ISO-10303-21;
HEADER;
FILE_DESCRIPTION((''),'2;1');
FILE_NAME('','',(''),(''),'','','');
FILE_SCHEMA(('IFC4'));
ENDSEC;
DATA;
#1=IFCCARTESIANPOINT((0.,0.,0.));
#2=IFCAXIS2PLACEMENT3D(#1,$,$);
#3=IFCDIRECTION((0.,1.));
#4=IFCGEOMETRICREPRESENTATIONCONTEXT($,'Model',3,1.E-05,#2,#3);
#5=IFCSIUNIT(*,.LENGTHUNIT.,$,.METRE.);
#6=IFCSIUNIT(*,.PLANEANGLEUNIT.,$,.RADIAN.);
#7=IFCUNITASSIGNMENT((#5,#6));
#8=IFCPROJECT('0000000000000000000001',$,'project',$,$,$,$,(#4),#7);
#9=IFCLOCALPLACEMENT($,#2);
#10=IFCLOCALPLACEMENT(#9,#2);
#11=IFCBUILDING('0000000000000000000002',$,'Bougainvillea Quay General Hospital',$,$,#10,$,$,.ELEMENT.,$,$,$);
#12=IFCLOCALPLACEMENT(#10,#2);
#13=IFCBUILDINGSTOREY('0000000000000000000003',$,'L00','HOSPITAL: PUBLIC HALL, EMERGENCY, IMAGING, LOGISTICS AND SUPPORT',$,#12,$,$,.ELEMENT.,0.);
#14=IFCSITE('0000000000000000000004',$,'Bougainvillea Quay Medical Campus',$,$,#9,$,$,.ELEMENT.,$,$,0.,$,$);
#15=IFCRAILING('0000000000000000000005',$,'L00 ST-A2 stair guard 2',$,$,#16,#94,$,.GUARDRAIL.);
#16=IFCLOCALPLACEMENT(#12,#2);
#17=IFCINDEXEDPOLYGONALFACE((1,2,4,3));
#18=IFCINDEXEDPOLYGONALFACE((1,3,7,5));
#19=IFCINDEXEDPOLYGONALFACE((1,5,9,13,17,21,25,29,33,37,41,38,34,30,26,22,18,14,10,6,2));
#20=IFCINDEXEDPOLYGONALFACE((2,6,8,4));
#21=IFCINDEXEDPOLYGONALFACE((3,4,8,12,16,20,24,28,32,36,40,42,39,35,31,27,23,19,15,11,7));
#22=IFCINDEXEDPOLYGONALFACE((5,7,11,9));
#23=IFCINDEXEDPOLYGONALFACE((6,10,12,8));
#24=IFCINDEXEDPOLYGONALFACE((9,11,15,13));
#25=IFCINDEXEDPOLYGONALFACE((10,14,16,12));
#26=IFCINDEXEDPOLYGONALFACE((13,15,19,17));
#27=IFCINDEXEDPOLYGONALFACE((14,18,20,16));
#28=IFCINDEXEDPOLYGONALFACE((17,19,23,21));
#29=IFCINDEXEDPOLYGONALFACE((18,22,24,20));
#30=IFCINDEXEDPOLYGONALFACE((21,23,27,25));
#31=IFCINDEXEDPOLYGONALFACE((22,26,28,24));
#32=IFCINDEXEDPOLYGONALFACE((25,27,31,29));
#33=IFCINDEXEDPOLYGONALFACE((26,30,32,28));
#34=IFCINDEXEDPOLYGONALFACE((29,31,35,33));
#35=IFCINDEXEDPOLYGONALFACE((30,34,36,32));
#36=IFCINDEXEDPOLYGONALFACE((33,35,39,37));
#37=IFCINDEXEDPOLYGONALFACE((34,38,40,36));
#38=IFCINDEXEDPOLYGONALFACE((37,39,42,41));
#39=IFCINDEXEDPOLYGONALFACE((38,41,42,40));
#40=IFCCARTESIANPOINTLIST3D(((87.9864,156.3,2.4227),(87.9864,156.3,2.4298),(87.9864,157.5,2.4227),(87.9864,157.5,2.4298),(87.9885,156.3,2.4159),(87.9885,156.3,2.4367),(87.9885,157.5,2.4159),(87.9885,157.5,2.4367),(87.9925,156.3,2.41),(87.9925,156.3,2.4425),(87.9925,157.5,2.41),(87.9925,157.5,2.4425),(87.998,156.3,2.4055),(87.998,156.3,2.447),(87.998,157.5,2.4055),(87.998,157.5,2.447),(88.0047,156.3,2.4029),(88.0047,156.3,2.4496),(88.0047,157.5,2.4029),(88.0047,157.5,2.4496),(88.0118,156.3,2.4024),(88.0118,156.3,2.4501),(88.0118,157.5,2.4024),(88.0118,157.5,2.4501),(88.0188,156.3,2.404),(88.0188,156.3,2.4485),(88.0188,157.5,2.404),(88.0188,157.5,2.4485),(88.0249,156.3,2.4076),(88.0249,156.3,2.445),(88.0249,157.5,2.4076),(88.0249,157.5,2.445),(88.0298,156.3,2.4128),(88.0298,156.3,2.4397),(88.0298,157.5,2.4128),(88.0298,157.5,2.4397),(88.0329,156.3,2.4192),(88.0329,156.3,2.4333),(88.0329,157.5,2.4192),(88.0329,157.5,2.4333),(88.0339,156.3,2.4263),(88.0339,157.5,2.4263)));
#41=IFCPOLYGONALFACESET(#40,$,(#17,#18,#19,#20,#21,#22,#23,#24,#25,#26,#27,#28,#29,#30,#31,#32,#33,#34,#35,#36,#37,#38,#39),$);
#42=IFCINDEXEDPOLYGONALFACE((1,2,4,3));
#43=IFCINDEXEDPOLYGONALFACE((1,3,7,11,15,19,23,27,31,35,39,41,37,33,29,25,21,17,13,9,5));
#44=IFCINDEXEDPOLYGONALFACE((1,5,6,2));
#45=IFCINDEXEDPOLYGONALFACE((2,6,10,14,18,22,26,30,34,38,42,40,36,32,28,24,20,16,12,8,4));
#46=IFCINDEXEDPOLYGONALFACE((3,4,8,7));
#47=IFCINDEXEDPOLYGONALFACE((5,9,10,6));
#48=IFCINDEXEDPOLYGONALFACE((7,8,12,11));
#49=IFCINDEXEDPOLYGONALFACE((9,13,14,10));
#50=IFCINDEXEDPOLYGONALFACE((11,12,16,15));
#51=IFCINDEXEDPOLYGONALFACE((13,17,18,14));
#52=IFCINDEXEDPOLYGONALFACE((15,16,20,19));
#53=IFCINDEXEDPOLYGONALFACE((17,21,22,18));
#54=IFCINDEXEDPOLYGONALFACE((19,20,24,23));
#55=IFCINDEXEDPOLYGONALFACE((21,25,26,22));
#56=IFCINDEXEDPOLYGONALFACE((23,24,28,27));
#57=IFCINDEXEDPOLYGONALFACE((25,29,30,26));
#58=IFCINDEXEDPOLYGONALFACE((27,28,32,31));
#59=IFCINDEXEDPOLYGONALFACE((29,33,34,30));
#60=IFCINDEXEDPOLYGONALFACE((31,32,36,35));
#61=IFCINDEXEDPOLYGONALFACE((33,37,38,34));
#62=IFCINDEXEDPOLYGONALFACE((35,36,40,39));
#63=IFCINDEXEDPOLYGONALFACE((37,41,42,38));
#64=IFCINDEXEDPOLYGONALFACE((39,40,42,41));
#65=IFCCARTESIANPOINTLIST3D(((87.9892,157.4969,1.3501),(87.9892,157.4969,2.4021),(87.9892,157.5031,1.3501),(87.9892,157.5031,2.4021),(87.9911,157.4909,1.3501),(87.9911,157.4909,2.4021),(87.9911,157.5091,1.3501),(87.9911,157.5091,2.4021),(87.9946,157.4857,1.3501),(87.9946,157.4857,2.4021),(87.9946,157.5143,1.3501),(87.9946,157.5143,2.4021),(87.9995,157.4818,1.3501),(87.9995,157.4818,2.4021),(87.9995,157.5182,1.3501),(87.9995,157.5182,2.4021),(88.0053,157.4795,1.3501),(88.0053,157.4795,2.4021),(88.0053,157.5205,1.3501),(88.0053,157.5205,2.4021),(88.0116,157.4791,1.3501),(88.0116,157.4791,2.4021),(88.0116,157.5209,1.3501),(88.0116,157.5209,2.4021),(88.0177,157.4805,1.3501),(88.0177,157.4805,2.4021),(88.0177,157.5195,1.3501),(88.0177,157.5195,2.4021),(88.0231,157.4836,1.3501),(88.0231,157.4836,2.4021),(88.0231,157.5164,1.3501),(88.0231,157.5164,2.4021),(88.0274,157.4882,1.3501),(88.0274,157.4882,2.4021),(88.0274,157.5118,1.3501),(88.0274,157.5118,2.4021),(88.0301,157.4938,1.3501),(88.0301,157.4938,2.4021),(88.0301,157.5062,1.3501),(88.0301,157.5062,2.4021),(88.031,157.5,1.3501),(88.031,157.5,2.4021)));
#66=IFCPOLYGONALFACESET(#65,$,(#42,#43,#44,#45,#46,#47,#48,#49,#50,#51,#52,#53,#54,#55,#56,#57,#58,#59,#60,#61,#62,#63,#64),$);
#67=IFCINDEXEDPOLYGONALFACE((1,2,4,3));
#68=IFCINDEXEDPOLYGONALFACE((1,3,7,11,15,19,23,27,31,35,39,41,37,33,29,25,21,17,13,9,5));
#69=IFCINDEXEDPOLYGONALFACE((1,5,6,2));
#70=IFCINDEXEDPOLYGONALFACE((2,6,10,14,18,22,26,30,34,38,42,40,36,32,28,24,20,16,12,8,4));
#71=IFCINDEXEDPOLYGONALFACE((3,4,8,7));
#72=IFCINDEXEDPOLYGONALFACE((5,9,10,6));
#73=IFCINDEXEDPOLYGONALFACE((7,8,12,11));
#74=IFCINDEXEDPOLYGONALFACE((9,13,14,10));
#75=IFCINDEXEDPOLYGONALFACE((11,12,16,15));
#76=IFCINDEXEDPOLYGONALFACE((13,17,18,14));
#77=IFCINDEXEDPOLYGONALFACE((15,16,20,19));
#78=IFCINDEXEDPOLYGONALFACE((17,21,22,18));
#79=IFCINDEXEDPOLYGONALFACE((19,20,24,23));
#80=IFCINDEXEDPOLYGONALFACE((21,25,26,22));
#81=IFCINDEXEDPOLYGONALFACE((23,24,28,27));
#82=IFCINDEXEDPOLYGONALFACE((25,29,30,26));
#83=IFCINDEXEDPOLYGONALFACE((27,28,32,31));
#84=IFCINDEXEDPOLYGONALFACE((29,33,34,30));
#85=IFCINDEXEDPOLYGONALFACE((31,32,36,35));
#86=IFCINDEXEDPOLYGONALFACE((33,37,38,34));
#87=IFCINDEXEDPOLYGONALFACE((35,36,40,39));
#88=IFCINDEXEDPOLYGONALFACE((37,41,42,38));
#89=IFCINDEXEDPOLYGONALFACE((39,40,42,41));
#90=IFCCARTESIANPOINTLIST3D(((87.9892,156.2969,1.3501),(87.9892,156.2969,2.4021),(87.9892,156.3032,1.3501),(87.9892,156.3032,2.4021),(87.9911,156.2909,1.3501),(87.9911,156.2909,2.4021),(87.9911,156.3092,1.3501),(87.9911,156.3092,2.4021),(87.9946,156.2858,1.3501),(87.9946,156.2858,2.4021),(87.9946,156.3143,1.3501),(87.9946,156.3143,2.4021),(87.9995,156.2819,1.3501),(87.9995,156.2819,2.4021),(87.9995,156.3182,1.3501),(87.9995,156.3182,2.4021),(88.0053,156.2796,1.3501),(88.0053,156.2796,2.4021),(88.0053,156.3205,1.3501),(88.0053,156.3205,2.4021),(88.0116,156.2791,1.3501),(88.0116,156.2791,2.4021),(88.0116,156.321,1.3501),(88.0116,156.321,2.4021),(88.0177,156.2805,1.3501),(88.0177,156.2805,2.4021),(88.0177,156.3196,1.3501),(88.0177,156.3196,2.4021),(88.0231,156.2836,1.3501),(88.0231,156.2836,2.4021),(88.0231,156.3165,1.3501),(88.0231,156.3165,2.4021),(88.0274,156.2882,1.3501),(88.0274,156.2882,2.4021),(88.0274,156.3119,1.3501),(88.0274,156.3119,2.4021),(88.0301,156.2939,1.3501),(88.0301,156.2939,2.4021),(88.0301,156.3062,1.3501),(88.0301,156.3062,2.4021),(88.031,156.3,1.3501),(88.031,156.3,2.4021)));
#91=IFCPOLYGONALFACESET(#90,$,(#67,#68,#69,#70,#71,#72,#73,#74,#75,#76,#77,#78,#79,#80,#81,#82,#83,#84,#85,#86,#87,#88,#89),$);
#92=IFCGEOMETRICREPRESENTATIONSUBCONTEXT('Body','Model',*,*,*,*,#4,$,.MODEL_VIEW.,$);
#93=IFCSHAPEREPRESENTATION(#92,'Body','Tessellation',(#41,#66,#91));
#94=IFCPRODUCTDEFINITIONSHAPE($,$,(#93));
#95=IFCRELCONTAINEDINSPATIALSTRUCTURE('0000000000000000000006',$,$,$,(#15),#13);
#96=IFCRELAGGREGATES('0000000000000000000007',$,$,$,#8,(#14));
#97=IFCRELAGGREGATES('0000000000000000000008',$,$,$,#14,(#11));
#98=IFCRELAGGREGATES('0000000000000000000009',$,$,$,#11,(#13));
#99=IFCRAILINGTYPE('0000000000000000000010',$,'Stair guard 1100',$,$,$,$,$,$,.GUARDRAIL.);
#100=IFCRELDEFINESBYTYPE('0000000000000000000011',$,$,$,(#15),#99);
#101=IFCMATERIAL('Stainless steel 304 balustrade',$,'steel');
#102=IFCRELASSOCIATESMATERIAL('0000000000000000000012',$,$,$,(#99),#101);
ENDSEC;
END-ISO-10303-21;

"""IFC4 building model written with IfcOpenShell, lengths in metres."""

from ifc_helpers import new_model, si_unit, direction, frame, origin, origin_2d, place, context, subcontext, project, spatial, circle, extrude, material, type_object, element, save


model = new_model("IFC4")

# Units and contexts
model_context = context("Model", 3, precision=1e-05, world=origin(), true_north=direction((0.0, 1.0)))
body_context = subcontext(model_context, "Body", "Model", "MODEL_VIEW")
ifc_project = project(units=[si_unit("LENGTHUNIT", "METRE"), si_unit("PLANEANGLEUNIT", "RADIAN")], contexts=[model_context])

# Site, building, storey
site_placement = place(None, origin())
site = spatial("IfcSite", under=ifc_project, at=site_placement, Name="Bougainvillea Quay Medical Campus", CompositionType="ELEMENT", RefElevation=0.0)
building_placement = place(site_placement, origin())
building = spatial("IfcBuilding", under=site, at=building_placement, Name="Bougainvillea Quay General Hospital", CompositionType="ELEMENT")
storey_placement = place(building_placement, origin())
storey = spatial("IfcBuildingStorey", under=building, at=storey_placement, Name="L00", Description="HOSPITAL: PUBLIC HALL, EMERGENCY, IMAGING, LOGISTICS AND SUPPORT", CompositionType="ELEMENT", Elevation=0.0)

# Railing
ifc_material_1 = material(Name="Stainless steel 304 balustrade", Category="steel")
railing_type_1 = type_object("IfcRailingType", Name="Stair guard 1100", PredefinedType="GUARDRAIL", material=ifc_material_1)
railing_1_placement = place(storey_placement, frame((88.01, 157.5, 1.3501)))
element("IfcRailing", 1, at=railing_1_placement, inside=storey, type_object=railing_type_1, Name="L00 ST-A2 stair guard 2", PredefinedType="GUARDRAIL", context=body_context, shape_type="SweptSolid", body=[
    extrude(circle(Radius=0.0239, at=origin_2d()), frame((0.0, 0.0, 1.0762), z_axis=(0.0, -1.0, 0.0), x_axis=(1.0, 0.0, 0.0)), (0.0, 0.0, 1.0), 1.2),
    extrude(circle(Radius=0.021, at=origin_2d()), origin(), (0.0, 0.0, 1.0), 1.052),
    extrude(circle(Radius=0.021, at=origin_2d()), frame((0.0, -1.2, 0.0)), (0.0, 0.0, 1.0), 1.052),
])

save(model, "model.ifc")
